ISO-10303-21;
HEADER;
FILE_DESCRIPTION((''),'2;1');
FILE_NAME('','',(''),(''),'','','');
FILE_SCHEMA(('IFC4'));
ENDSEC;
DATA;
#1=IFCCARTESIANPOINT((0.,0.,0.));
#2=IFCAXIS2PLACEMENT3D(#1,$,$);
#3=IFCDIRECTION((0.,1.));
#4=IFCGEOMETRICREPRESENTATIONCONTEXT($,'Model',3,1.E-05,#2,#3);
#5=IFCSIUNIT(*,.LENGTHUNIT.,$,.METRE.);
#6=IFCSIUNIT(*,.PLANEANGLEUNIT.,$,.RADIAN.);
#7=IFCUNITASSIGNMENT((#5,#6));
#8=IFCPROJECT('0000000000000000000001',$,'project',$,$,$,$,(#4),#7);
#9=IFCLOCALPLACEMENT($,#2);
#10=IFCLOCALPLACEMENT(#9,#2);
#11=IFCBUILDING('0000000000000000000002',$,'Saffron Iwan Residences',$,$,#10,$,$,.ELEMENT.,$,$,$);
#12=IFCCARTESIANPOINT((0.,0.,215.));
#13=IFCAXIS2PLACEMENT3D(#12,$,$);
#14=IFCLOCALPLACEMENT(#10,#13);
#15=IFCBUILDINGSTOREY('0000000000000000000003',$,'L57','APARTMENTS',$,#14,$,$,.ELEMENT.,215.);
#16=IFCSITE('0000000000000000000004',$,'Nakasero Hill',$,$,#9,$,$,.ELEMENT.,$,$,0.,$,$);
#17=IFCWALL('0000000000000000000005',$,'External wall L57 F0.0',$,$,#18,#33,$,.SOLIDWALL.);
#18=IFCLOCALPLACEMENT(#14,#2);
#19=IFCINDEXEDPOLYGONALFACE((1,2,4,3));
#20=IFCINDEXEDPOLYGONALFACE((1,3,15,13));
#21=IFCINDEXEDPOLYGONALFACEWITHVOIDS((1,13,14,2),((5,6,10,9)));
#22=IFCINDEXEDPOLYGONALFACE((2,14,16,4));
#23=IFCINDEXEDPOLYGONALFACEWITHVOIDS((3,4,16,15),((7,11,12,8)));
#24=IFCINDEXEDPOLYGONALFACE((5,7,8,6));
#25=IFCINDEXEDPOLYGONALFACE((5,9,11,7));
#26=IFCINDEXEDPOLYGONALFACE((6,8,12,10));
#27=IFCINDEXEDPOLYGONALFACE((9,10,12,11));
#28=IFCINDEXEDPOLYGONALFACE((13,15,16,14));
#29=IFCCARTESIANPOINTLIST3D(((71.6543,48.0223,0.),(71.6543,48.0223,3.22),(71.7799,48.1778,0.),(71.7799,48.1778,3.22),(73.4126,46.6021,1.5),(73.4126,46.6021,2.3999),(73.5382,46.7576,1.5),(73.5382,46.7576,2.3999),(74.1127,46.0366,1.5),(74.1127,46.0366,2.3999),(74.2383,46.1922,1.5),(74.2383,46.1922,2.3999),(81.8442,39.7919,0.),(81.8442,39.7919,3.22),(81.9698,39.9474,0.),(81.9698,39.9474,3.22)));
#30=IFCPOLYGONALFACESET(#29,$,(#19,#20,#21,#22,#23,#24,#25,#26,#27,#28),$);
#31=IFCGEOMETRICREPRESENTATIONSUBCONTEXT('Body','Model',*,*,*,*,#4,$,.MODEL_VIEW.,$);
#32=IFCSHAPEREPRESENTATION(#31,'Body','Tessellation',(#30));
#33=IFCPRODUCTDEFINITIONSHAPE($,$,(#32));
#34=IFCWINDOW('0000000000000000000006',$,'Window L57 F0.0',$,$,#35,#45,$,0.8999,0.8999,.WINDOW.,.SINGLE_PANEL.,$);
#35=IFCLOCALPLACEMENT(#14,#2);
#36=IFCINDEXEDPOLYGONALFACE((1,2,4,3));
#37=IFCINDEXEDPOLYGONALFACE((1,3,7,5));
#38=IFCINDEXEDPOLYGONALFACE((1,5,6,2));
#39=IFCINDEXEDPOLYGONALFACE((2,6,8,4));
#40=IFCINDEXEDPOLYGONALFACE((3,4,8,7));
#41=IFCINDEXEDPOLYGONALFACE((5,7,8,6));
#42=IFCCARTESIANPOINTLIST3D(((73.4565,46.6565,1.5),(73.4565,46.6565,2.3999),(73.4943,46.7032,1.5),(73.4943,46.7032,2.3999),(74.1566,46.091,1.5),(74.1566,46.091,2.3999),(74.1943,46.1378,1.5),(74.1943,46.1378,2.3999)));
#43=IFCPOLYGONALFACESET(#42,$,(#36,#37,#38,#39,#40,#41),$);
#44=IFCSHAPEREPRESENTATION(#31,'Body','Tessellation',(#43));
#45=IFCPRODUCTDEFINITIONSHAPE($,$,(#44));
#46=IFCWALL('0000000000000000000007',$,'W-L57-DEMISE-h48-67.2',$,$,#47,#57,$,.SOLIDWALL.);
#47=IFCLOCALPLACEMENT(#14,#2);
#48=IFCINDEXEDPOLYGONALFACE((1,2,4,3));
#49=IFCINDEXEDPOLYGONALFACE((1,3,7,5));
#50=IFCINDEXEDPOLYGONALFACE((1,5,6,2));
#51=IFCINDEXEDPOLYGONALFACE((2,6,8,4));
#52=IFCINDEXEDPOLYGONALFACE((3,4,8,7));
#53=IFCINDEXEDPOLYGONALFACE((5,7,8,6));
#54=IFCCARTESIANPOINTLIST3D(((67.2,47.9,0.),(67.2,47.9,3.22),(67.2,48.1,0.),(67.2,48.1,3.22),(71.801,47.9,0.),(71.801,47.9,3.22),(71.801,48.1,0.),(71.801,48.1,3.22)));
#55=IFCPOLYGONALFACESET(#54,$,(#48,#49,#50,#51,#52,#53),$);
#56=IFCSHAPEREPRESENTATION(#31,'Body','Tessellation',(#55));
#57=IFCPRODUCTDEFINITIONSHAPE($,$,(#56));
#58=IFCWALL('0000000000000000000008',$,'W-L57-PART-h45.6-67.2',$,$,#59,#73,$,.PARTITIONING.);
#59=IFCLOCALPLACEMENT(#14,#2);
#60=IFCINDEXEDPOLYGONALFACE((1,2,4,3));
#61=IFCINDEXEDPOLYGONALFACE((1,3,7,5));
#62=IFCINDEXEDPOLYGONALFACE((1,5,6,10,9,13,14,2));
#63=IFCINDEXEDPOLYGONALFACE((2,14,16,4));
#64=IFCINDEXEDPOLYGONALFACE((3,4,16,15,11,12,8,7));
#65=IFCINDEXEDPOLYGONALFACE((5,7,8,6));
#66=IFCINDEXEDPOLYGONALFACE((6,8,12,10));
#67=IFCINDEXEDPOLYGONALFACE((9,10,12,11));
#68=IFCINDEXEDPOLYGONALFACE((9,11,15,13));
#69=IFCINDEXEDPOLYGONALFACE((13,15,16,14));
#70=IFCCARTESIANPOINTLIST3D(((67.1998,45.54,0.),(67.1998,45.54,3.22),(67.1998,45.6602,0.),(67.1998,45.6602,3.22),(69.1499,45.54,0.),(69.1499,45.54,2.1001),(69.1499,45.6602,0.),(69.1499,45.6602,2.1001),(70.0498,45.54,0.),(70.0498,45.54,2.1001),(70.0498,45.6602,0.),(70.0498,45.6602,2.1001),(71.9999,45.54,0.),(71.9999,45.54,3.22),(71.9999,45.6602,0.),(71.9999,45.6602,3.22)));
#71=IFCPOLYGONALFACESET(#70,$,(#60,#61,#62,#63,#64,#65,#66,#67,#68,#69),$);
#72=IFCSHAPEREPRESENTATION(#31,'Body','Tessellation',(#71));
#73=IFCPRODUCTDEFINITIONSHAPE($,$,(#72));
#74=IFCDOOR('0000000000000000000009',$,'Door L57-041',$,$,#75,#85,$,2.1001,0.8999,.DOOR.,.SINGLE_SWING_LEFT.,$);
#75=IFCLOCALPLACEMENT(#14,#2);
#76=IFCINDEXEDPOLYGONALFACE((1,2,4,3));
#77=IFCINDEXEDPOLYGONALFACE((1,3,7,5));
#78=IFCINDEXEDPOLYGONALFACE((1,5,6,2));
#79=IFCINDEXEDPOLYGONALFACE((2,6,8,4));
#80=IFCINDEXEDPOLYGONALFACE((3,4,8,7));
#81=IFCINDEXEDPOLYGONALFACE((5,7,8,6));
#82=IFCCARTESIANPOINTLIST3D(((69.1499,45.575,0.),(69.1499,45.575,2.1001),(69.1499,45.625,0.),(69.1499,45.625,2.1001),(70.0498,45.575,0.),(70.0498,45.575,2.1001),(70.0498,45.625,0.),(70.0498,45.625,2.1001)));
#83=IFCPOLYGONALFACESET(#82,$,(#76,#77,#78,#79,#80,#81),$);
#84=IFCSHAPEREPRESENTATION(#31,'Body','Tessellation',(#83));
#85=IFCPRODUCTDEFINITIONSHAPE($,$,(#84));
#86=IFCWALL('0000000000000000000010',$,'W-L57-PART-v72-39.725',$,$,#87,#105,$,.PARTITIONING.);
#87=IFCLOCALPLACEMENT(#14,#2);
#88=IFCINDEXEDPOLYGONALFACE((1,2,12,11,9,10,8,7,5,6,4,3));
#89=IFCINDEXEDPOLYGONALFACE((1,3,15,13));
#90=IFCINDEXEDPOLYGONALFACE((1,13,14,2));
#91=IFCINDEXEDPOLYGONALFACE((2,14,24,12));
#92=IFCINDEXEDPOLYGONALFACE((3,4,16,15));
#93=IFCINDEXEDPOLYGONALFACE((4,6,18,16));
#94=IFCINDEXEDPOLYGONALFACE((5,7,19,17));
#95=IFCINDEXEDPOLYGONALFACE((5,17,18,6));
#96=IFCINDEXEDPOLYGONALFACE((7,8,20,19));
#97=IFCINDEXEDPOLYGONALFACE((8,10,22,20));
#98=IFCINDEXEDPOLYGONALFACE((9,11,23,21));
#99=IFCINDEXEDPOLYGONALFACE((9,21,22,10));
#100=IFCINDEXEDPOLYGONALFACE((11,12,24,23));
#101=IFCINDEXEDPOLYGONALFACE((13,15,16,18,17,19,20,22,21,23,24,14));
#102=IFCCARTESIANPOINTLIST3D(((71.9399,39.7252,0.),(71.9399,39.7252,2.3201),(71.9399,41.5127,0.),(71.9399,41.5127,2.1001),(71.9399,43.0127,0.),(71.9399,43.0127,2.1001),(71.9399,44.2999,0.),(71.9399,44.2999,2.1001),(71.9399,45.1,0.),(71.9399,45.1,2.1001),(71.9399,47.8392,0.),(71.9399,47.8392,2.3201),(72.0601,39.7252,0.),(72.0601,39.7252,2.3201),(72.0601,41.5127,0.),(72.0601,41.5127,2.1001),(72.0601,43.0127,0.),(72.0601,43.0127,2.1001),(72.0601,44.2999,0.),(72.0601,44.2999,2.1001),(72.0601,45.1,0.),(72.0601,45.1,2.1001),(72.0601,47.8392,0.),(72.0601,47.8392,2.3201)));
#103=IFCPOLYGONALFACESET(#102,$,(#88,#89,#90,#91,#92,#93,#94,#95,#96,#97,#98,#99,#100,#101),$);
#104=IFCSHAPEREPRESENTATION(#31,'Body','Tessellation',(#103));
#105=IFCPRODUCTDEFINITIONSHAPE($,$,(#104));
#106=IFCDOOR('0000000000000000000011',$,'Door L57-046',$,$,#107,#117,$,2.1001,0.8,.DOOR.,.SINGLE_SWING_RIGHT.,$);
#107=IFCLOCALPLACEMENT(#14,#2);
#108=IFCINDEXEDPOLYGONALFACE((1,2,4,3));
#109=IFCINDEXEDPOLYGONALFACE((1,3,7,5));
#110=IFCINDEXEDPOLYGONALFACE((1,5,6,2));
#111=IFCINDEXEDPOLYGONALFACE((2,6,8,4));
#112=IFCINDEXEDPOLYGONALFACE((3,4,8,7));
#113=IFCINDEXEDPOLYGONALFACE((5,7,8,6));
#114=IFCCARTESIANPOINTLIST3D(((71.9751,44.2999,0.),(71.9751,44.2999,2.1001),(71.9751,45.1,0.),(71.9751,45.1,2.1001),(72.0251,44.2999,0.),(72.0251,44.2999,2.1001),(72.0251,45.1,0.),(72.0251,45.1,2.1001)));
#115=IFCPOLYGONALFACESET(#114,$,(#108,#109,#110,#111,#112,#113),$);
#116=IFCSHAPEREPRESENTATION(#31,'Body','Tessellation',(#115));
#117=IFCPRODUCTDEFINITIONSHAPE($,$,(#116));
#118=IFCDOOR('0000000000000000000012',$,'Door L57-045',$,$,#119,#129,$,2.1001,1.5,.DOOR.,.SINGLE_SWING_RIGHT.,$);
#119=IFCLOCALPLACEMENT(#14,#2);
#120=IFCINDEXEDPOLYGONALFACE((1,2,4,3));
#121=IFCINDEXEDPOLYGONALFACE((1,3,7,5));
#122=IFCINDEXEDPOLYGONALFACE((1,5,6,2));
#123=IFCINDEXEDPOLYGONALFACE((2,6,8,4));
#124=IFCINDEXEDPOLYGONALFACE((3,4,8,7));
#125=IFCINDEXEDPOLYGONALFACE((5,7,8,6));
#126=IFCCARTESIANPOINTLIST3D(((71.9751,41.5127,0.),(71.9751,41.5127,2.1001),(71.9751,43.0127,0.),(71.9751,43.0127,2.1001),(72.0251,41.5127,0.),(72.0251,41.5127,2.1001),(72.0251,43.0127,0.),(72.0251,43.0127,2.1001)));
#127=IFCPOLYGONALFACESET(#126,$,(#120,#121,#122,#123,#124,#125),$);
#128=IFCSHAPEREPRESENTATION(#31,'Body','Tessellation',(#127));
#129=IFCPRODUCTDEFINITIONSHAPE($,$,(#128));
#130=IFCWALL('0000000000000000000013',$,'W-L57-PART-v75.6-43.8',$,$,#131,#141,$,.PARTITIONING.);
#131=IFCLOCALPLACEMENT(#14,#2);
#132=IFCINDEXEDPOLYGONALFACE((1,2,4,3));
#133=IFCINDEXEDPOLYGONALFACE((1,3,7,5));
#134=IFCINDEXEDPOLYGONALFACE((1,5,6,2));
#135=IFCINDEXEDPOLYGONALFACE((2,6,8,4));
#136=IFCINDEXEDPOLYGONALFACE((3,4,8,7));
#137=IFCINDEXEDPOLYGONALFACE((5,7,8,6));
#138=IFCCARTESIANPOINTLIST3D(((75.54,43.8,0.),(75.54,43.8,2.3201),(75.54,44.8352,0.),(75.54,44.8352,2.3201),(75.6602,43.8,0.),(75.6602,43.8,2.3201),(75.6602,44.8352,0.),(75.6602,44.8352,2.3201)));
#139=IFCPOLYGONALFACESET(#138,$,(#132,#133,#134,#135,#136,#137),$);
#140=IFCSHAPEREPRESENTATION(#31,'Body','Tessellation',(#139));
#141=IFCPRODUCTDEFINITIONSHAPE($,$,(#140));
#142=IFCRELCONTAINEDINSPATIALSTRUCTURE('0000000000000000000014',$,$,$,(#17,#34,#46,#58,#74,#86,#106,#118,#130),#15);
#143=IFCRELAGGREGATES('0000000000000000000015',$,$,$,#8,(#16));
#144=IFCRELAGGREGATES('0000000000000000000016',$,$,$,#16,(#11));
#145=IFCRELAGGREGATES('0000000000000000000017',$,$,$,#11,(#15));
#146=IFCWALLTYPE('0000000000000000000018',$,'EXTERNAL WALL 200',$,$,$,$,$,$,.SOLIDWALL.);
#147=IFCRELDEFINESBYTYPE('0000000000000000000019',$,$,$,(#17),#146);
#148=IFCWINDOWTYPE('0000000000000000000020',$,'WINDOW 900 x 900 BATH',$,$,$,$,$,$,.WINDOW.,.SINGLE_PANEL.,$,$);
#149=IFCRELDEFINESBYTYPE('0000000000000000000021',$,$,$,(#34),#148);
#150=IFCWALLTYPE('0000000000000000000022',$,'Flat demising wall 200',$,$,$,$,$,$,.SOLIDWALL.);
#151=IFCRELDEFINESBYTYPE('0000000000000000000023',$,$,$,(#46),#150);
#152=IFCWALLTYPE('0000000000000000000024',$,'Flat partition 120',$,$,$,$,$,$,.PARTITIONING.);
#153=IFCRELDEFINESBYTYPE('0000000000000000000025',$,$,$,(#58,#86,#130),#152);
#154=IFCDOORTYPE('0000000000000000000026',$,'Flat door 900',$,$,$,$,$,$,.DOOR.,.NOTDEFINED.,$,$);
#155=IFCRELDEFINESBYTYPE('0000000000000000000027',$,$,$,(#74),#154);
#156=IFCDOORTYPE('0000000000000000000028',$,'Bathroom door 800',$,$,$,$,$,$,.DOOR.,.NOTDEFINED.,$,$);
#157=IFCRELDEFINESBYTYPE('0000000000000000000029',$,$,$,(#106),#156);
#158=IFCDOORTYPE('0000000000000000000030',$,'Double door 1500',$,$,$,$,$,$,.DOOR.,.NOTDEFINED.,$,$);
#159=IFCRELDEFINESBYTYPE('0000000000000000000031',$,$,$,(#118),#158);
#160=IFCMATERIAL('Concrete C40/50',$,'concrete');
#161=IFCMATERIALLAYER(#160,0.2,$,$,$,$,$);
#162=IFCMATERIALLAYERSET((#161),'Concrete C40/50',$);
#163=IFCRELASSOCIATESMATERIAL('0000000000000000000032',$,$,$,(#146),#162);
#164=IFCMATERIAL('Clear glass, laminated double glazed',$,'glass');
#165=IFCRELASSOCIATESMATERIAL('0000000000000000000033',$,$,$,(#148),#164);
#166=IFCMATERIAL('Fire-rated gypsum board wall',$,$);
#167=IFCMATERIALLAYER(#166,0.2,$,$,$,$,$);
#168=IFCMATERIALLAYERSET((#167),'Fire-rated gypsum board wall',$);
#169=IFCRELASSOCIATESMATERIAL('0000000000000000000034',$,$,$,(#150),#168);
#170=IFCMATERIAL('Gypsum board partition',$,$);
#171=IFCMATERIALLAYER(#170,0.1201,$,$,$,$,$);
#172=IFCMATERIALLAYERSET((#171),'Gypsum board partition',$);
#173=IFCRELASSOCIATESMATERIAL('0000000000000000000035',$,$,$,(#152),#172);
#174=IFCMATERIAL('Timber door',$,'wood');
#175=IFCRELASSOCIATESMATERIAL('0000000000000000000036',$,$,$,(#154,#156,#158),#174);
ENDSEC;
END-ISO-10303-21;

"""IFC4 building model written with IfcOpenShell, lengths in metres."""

from ifc_helpers import new_model, si_unit, direction, frame, frame_2d, origin, place, context, subcontext, project, spatial, rectangle, extrude, material, layer, layer_set, type_object, element, fill, save


model = new_model("IFC4")

# Units and contexts
model_context = context("Model", 3, precision=1e-05, world=origin(), true_north=direction((0.0, 1.0)))
body_context = subcontext(model_context, "Body", "Model", "MODEL_VIEW")
ifc_project = project(units=[si_unit("LENGTHUNIT", "METRE"), si_unit("PLANEANGLEUNIT", "RADIAN")], contexts=[model_context])

# Site, building, storey
site_placement = place(None, origin())
site = spatial("IfcSite", under=ifc_project, at=site_placement, Name="Nakasero Hill", CompositionType="ELEMENT", RefElevation=0.0)
building_placement = place(site_placement, origin())
building = spatial("IfcBuilding", under=site, at=building_placement, Name="Saffron Iwan Residences", CompositionType="ELEMENT")
storey_placement = place(building_placement, frame((0.0, 0.0, 215.0)))
storey = spatial("IfcBuildingStorey", under=building, at=storey_placement, Name="L57", Description="APARTMENTS", CompositionType="ELEMENT", Elevation=215.0)

# Shared definitions
ifc_material_1 = material(Name="Concrete C40/50", Category="concrete")

# Wall, opening, window
ifc_layer_1 = layer(ifc_material_1, 0.2)
ifc_layer_set_1 = layer_set([ifc_layer_1], Name="Concrete C40/50")
wall_type_1 = type_object("IfcWallType", Name="EXTERNAL WALL 200", PredefinedType="SOLIDWALL", material=ifc_layer_set_1)
wall_1_placement = place(storey_placement, frame((81.907, 39.8696, 0.0), z_axis=(0.0, 0.0, 1.0), x_axis=(-0.777936, 0.628343, 0.0)))
wall_1 = element("IfcWall", 1, at=wall_1_placement, inside=storey, type_object=wall_type_1, Name="External wall L57 F0.0", PredefinedType="SOLIDWALL", context=body_context, shape_type="SweptSolid", body=[
    extrude(rectangle(XDim=13.0986, YDim=0.2, at=frame_2d((6.5493, 0.0))), origin(), (0.0, 0.0, 1.0), 3.22),
])
opening_1_placement = place(wall_1_placement, frame((9.9385, 0.0, 1.5)))
opening_1 = element("IfcOpeningElement", 2, at=opening_1_placement, cuts=wall_1, PredefinedType="OPENING", context=body_context, shape_type="SweptSolid", body=[
    extrude(rectangle(XDim=0.8999, YDim=0.8999, at=frame_2d((0.45, 0.45))), frame((0.0, 0.1099, 0.0), z_axis=(0.0, -1.0, 0.0), x_axis=(1.0, 0.0, 0.0)), (0.0, 0.0, 1.0), 0.22),
])
ifc_material_2 = material(Name="Clear glass, laminated double glazed", Category="glass")
window_type = type_object("IfcWindowType", Name="WINDOW 900 x 900 BATH", PartitioningType="SINGLE_PANEL", PredefinedType="WINDOW", material=ifc_material_2)
window_placement = place(opening_1_placement, origin())
window = element("IfcWindow", 3, at=window_placement, inside=storey, type_object=window_type, Name="Window L57 F0.0", OverallHeight=0.8999, OverallWidth=0.8999, PartitioningType="SINGLE_PANEL", PredefinedType="WINDOW", context=body_context, shape_type="SweptSolid", body=[
    extrude(rectangle(XDim=0.8999, YDim=0.8999, at=frame_2d((0.45, 0.45))), frame((0.0, 0.03, 0.0), z_axis=(0.0, -1.0, 0.0), x_axis=(1.0, 0.0, 0.0)), (0.0, 0.0, 1.0), 0.0601),
])
fill(opening_1, window)

# Wall
ifc_material_3 = material(Name="Fire-rated gypsum board wall")
ifc_layer_2 = layer(ifc_material_3, 0.2)
ifc_layer_set_2 = layer_set([ifc_layer_2], Name="Fire-rated gypsum board wall")
wall_type_2 = type_object("IfcWallType", Name="Flat demising wall 200", PredefinedType="SOLIDWALL", material=ifc_layer_set_2)
wall_2_placement = place(storey_placement, frame((67.2, 48.0, 0.0), z_axis=(0.0, 0.0, 1.0), x_axis=(1.0, 0.0, 0.0)))
element("IfcWall", 4, at=wall_2_placement, inside=storey, type_object=wall_type_2, Name="W-L57-DEMISE-h48-67.2", PredefinedType="SOLIDWALL", context=body_context, shape_type="SweptSolid", body=[
    extrude(rectangle(XDim=4.6011, YDim=0.2, at=frame_2d((2.3005, 0.0))), origin(), (0.0, 0.0, 1.0), 3.22),
])

# Wall, opening, door
ifc_material_4 = material(Name="Gypsum board partition")
ifc_layer_3 = layer(ifc_material_4, 0.1201)
ifc_layer_set_3 = layer_set([ifc_layer_3], Name="Gypsum board partition")
wall_type_3 = type_object("IfcWallType", Name="Flat partition 120", PredefinedType="PARTITIONING", material=ifc_layer_set_3)
wall_3_placement = place(storey_placement, frame((67.2, 45.6001, 0.0), z_axis=(0.0, 0.0, 1.0), x_axis=(1.0, 0.0, 0.0)))
wall_3 = element("IfcWall", 5, at=wall_3_placement, inside=storey, type_object=wall_type_3, Name="W-L57-PART-h45.6-67.2", PredefinedType="PARTITIONING", context=body_context, shape_type="SweptSolid", body=[
    extrude(rectangle(XDim=4.8, YDim=0.1201, at=frame_2d((2.3999, 0.0))), origin(), (0.0, 0.0, 1.0), 3.22),
])
opening_2_placement = place(wall_3_placement, frame((1.95, 0.0, 0.0)))
opening_2 = element("IfcOpeningElement", 6, at=opening_2_placement, cuts=wall_3, PredefinedType="OPENING", context=body_context, shape_type="SweptSolid", body=[
    extrude(rectangle(XDim=0.8999, YDim=2.1001, at=frame_2d((0.45, 1.05))), frame((0.0, 0.0701, 0.0), z_axis=(0.0, -1.0, 0.0), x_axis=(1.0, 0.0, 0.0)), (0.0, 0.0, 1.0), 0.1401),
])
ifc_material_5 = material(Name="Timber door", Category="wood")
door_type_1 = type_object("IfcDoorType", Name="Flat door 900", OperationType="NOTDEFINED", PredefinedType="DOOR", material=ifc_material_5)
door_1_placement = place(opening_2_placement, origin())
door_1 = element("IfcDoor", 7, at=door_1_placement, inside=storey, type_object=door_type_1, Name="Door L57-041", OperationType="SINGLE_SWING_LEFT", OverallHeight=2.1001, OverallWidth=0.8999, PredefinedType="DOOR", context=body_context, shape_type="SweptSolid", body=[
    extrude(rectangle(XDim=0.8999, YDim=2.1001, at=frame_2d((0.45, 1.05))), frame((0.0, 0.0249, 0.0), z_axis=(0.0, -1.0, 0.0), x_axis=(1.0, 0.0, 0.0)), (0.0, 0.0, 1.0), 0.05),
])
fill(opening_2, door_1)

# Wall, openings, doors
wall_4_placement = place(storey_placement, frame((72.0, 39.7251, 0.0), z_axis=(0.0, 0.0, 1.0), x_axis=(0.0, 1.0, 0.0)))
wall_4 = element("IfcWall", 8, at=wall_4_placement, inside=storey, type_object=wall_type_3, Name="W-L57-PART-v72-39.725", PredefinedType="PARTITIONING", context=body_context, shape_type="SweptSolid", body=[
    extrude(rectangle(XDim=8.114, YDim=0.1201, at=frame_2d((4.0571, 0.0))), origin(), (0.0, 0.0, 1.0), 2.3201),
])
opening_3_placement = place(wall_4_placement, frame((1.7876, 0.0, 0.0)))
opening_3 = element("IfcOpeningElement", 9, at=opening_3_placement, cuts=wall_4, PredefinedType="OPENING", context=body_context, shape_type="SweptSolid", body=[
    extrude(rectangle(XDim=1.5, YDim=2.1001, at=frame_2d((0.75, 1.05))), frame((0.0, 0.0701, 0.0), z_axis=(0.0, -1.0, 0.0), x_axis=(1.0, 0.0, 0.0)), (0.0, 0.0, 1.0), 0.1401),
])
opening_4_placement = place(wall_4_placement, frame((4.575, 0.0, 0.0)))
opening_4 = element("IfcOpeningElement", 10, at=opening_4_placement, cuts=wall_4, PredefinedType="OPENING", context=body_context, shape_type="SweptSolid", body=[
    extrude(rectangle(XDim=0.8, YDim=2.1001, at=frame_2d((0.3999, 1.05))), frame((0.0, 0.0701, 0.0), z_axis=(0.0, -1.0, 0.0), x_axis=(1.0, 0.0, 0.0)), (0.0, 0.0, 1.0), 0.1401),
])
door_type_2 = type_object("IfcDoorType", Name="Bathroom door 800", OperationType="NOTDEFINED", PredefinedType="DOOR", material=ifc_material_5)
door_2_placement = place(opening_4_placement, origin())
door_2 = element("IfcDoor", 11, at=door_2_placement, inside=storey, type_object=door_type_2, Name="Door L57-046", OperationType="SINGLE_SWING_RIGHT", OverallHeight=2.1001, OverallWidth=0.8, PredefinedType="DOOR", context=body_context, shape_type="SweptSolid", body=[
    extrude(rectangle(XDim=0.8, YDim=2.1001, at=frame_2d((0.3999, 1.05))), frame((0.0, 0.0249, 0.0), z_axis=(0.0, -1.0, 0.0), x_axis=(1.0, 0.0, 0.0)), (0.0, 0.0, 1.0), 0.05),
])
fill(opening_4, door_2)
door_type_3 = type_object("IfcDoorType", Name="Double door 1500", OperationType="NOTDEFINED", PredefinedType="DOOR", material=ifc_material_5)
door_3_placement = place(opening_3_placement, origin())
door_3 = element("IfcDoor", 12, at=door_3_placement, inside=storey, type_object=door_type_3, Name="Door L57-045", OperationType="SINGLE_SWING_RIGHT", OverallHeight=2.1001, OverallWidth=1.5, PredefinedType="DOOR", context=body_context, shape_type="SweptSolid", body=[
    extrude(rectangle(XDim=1.5, YDim=2.1001, at=frame_2d((0.75, 1.05))), frame((0.0, 0.0249, 0.0), z_axis=(0.0, -1.0, 0.0), x_axis=(1.0, 0.0, 0.0)), (0.0, 0.0, 1.0), 0.05),
])
fill(opening_3, door_3)

# Wall
wall_5_placement = place(storey_placement, frame((75.6001, 43.8, 0.0), z_axis=(0.0, 0.0, 1.0), x_axis=(0.0, 1.0, 0.0)))
element("IfcWall", 13, at=wall_5_placement, inside=storey, type_object=wall_type_3, Name="W-L57-PART-v75.6-43.8", PredefinedType="PARTITIONING", context=body_context, shape_type="SweptSolid", body=[
    extrude(rectangle(XDim=1.0352, YDim=0.1201, at=frame_2d((0.5176, 0.0))), origin(), (0.0, 0.0, 1.0), 2.3201),
])

save(model, "model.ifc")
